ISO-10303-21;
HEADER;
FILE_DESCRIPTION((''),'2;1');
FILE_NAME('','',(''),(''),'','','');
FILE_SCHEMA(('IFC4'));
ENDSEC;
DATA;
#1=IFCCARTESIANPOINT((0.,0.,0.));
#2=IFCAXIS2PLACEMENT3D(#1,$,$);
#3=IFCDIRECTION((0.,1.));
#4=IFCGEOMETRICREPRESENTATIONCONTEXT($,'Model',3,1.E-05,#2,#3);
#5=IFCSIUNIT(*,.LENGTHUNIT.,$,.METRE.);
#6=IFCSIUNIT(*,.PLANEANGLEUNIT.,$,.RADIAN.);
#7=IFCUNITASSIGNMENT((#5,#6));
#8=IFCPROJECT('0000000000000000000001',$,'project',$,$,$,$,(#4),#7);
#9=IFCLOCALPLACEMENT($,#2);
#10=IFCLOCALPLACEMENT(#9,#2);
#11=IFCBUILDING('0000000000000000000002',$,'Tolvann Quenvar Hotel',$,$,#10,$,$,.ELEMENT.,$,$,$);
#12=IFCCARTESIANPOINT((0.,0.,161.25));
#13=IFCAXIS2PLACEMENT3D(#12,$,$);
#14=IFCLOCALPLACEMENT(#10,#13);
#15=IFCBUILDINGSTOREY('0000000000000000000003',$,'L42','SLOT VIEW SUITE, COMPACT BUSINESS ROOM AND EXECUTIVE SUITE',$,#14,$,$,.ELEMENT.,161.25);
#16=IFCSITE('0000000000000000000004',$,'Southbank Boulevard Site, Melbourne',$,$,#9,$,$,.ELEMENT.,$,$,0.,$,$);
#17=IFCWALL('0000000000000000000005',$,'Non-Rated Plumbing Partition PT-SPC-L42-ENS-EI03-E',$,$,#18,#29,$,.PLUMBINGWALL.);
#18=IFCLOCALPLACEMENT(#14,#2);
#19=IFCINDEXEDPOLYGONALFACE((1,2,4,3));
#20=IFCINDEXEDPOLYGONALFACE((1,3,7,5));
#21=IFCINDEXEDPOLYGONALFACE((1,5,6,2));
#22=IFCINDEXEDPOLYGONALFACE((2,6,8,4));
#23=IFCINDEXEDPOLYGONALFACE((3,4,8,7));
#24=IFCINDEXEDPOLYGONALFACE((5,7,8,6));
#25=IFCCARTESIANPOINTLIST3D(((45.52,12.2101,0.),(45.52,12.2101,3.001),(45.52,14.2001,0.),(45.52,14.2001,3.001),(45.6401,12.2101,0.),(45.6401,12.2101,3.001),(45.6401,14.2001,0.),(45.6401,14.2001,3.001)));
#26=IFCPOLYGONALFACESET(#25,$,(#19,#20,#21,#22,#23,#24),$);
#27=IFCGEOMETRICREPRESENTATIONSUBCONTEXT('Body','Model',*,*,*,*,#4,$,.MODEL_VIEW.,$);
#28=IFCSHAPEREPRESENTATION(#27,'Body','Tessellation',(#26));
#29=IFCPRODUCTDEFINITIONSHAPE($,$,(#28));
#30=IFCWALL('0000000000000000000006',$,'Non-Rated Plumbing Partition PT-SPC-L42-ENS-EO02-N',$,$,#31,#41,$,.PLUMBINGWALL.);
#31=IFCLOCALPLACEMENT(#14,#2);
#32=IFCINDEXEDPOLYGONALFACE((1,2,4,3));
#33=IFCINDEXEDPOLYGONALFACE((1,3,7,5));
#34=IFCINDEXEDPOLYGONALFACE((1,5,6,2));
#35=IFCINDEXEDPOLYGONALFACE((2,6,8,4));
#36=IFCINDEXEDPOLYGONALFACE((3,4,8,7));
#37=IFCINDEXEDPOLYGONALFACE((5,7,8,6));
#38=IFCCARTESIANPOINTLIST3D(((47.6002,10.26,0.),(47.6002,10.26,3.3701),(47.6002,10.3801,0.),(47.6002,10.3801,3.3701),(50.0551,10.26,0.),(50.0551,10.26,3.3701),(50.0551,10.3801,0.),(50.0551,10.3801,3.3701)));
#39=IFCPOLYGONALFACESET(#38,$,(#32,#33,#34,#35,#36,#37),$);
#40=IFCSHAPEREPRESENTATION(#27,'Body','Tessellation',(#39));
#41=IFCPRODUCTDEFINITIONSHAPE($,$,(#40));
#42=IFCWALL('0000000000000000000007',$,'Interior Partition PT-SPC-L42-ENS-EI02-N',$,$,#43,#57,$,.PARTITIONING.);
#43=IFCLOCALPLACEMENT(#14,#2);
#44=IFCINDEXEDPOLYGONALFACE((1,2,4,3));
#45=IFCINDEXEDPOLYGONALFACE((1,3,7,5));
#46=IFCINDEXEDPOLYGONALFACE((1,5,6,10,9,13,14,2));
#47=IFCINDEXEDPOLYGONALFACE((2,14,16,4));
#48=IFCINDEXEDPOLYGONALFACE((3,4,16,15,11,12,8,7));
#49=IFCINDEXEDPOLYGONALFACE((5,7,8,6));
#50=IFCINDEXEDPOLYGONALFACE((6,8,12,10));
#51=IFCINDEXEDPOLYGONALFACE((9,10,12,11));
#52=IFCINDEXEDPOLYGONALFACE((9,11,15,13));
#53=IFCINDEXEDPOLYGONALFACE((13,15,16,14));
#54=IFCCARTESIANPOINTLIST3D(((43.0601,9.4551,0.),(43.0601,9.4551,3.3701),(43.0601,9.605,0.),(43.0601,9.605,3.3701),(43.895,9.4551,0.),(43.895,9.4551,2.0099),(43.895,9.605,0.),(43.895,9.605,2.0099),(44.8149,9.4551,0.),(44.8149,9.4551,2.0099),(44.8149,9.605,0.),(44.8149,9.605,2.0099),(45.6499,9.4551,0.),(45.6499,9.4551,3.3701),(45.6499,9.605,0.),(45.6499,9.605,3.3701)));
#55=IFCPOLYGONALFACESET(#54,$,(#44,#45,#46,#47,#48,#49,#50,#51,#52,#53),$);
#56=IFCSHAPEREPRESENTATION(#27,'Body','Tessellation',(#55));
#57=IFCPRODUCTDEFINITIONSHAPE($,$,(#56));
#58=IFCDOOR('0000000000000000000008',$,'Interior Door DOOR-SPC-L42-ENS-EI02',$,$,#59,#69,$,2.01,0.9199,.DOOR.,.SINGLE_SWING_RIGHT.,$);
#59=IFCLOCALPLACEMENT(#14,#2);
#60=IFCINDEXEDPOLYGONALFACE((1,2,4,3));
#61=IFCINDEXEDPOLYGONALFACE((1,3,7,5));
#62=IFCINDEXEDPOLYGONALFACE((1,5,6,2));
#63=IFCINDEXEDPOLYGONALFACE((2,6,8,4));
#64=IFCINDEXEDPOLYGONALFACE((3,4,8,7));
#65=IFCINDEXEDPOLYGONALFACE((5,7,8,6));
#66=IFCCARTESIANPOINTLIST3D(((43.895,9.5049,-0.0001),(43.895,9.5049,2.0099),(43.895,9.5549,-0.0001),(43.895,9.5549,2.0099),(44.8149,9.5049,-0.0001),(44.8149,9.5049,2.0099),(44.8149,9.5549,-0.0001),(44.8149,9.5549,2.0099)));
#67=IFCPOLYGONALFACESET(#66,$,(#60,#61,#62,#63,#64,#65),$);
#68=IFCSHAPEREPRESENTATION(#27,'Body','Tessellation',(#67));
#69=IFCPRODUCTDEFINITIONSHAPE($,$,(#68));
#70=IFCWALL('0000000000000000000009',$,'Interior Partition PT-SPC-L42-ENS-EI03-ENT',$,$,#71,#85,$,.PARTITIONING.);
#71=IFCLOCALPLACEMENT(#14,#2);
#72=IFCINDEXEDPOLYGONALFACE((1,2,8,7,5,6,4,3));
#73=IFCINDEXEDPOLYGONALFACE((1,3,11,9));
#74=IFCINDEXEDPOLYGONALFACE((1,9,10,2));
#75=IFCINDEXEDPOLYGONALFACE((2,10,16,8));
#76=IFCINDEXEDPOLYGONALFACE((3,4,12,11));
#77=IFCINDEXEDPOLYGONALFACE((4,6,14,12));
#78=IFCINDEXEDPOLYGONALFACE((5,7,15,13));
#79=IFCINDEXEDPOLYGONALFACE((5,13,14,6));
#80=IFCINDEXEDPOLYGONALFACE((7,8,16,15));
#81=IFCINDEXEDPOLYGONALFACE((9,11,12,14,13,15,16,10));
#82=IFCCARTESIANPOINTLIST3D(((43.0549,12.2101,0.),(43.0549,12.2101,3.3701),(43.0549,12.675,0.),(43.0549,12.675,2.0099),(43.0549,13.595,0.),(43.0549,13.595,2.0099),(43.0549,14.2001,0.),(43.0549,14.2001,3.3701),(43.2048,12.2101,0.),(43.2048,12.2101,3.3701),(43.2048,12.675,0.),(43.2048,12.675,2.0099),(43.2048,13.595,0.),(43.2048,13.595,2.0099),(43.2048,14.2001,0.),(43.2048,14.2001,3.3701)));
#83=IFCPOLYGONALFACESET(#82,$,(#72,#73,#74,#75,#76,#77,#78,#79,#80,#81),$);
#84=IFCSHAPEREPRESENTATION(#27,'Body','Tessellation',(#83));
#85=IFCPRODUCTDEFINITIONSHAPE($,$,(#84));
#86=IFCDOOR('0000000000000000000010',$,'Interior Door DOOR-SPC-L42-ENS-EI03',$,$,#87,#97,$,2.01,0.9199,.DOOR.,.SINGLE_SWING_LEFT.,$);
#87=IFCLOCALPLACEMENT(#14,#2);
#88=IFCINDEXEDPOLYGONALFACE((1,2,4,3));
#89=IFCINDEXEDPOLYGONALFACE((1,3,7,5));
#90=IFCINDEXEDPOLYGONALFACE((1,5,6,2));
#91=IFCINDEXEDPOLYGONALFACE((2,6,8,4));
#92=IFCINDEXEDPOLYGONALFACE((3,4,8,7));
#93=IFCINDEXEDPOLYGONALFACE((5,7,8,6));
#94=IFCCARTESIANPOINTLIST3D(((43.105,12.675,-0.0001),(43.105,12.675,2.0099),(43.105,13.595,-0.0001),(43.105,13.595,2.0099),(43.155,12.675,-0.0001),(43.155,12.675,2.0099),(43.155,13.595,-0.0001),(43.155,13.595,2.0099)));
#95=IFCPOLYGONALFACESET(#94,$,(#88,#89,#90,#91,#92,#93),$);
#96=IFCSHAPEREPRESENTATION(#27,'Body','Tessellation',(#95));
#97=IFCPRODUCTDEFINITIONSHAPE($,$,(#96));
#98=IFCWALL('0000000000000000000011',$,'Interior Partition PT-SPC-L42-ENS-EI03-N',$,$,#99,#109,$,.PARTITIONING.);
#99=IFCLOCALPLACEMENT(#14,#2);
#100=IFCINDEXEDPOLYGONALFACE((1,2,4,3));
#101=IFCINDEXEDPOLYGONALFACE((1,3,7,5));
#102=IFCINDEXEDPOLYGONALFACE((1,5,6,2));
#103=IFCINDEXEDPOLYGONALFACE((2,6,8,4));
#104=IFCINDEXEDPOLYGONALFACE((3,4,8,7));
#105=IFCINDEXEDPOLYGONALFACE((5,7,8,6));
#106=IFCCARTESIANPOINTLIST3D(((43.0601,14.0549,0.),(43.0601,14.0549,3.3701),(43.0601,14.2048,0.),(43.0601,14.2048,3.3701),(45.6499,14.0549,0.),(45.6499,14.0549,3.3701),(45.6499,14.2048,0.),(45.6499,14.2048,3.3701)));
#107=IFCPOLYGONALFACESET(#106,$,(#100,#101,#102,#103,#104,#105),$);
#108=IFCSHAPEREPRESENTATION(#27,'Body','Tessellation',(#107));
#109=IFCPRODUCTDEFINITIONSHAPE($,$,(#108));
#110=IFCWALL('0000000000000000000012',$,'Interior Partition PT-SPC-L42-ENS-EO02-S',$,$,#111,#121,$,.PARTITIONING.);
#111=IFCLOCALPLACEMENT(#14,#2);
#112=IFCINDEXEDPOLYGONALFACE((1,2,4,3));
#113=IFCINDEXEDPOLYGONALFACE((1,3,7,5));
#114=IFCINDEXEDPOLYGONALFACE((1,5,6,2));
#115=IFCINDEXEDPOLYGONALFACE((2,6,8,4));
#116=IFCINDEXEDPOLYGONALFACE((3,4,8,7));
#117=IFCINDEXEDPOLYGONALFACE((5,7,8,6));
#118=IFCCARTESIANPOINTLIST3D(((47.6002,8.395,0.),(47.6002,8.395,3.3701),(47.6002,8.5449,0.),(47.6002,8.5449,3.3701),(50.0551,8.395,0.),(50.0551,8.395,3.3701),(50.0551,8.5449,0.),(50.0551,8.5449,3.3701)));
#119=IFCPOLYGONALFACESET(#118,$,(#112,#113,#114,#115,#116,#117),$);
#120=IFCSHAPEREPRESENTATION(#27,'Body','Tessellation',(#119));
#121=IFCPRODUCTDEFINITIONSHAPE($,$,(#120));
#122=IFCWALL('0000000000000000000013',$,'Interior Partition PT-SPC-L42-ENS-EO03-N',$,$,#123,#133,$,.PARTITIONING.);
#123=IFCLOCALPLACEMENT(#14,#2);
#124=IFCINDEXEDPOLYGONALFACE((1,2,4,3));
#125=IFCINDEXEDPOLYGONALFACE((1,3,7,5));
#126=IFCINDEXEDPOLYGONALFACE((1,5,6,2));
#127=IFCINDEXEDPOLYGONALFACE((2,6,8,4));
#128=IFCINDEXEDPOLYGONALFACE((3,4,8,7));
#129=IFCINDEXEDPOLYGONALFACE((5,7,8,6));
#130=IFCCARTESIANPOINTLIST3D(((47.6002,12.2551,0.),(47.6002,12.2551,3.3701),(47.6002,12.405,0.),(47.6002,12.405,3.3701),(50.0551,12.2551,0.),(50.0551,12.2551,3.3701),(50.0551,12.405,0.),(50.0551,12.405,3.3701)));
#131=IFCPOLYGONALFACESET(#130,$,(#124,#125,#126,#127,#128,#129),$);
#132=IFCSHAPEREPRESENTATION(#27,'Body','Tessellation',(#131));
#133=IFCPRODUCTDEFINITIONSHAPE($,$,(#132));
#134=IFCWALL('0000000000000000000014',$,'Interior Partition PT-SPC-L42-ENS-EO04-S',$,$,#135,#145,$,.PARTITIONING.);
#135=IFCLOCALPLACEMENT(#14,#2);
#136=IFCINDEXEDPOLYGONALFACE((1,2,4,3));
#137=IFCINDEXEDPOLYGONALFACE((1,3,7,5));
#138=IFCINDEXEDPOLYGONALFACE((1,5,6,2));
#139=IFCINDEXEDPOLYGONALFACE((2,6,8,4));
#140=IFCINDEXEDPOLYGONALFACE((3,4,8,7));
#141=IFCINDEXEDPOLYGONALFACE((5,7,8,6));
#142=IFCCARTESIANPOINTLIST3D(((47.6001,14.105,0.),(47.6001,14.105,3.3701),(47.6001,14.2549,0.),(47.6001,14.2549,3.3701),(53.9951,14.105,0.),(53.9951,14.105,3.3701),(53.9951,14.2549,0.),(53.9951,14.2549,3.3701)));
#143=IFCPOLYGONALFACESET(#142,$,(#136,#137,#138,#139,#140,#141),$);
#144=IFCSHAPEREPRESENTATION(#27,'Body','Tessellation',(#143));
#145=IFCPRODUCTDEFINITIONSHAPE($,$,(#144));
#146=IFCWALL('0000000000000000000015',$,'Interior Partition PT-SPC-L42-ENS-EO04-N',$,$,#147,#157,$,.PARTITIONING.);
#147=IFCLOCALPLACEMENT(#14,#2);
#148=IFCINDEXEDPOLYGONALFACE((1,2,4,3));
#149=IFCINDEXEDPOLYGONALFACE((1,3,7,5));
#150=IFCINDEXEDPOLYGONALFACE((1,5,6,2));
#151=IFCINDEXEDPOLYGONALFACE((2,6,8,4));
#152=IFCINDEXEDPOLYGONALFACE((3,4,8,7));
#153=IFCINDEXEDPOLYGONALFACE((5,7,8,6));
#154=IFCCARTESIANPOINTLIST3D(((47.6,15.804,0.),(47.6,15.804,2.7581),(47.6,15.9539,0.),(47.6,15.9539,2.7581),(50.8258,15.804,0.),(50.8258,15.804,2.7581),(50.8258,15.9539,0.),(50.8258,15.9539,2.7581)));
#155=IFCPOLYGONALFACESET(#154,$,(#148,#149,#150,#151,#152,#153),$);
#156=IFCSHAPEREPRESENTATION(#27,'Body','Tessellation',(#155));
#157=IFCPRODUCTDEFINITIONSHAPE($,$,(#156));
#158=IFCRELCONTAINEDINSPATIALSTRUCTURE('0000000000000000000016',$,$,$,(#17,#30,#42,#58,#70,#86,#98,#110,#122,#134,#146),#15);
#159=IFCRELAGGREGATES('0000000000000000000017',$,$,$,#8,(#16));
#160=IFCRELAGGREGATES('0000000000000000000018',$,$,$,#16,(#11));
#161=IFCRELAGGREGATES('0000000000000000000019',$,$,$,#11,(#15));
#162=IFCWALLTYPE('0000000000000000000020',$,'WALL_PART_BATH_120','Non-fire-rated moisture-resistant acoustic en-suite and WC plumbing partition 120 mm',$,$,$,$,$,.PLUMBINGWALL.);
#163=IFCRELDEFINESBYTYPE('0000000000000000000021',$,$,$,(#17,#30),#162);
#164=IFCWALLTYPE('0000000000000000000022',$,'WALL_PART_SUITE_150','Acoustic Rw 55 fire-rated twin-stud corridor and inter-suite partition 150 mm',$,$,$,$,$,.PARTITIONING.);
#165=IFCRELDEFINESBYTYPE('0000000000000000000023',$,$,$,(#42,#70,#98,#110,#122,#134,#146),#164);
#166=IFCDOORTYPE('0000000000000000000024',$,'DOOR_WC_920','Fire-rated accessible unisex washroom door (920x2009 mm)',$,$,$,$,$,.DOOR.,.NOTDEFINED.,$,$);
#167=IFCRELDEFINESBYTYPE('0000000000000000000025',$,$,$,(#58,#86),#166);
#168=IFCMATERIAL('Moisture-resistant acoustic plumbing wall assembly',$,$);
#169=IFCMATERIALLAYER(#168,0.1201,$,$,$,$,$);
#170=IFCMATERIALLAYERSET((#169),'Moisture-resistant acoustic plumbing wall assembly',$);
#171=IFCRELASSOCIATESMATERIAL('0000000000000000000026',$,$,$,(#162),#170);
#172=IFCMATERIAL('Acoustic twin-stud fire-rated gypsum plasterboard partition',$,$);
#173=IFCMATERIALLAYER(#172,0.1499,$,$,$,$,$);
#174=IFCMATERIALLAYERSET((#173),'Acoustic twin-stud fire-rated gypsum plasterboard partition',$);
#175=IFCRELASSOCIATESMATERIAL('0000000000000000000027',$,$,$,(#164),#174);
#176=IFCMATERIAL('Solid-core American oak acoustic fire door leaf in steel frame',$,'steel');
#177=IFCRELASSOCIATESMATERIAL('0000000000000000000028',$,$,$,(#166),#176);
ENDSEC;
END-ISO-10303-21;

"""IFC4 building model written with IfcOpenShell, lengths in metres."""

from ifc_helpers import new_model, si_unit, direction, frame, frame_2d, origin, place, context, subcontext, project, spatial, rectangle, extrude, source, transform, mapped, material, layer, layer_set, type_object, type_shapes, element, fill, save


model = new_model("IFC4")

# Units and contexts
model_context = context("Model", 3, precision=1e-05, world=origin(), true_north=direction((0.0, 1.0)))
body_context = subcontext(model_context, "Body", "Model", "MODEL_VIEW")
ifc_project = project(units=[si_unit("LENGTHUNIT", "METRE"), si_unit("PLANEANGLEUNIT", "RADIAN")], contexts=[model_context])

# Site, building, storey
site_placement = place(None, origin())
site = spatial("IfcSite", under=ifc_project, at=site_placement, Name="Southbank Boulevard Site, Melbourne", CompositionType="ELEMENT", RefElevation=0.0)
building_placement = place(site_placement, origin())
building = spatial("IfcBuilding", under=site, at=building_placement, Name="Tolvann Quenvar Hotel", CompositionType="ELEMENT")
storey_placement = place(building_placement, frame((0.0, 0.0, 161.25)))
storey = spatial("IfcBuildingStorey", under=building, at=storey_placement, Name="L42", Description="SLOT VIEW SUITE, COMPACT BUSINESS ROOM AND EXECUTIVE SUITE", CompositionType="ELEMENT", Elevation=161.25)

# Walls
ifc_material_1 = material(Name="Moisture-resistant acoustic plumbing wall assembly")
ifc_layer_1 = layer(ifc_material_1, 0.1201)
ifc_layer_set_1 = layer_set([ifc_layer_1], Name="Moisture-resistant acoustic plumbing wall assembly")
wall_type_1 = type_object("IfcWallType", Name="WALL_PART_BATH_120", Description="Non-fire-rated moisture-resistant acoustic en-suite and WC plumbing partition 120 mm", PredefinedType="PLUMBINGWALL", material=ifc_layer_set_1)
wall_1_placement = place(storey_placement, frame((45.5801, 12.21, 0.0), z_axis=(0.0, 0.0, 1.0), x_axis=(0.0, 1.0, 0.0)))
element("IfcWall", 1, at=wall_1_placement, inside=storey, type_object=wall_type_1, Name="Non-Rated Plumbing Partition PT-SPC-L42-ENS-EI03-E", PredefinedType="PLUMBINGWALL", context=body_context, shape_type="SweptSolid", body=[
    extrude(rectangle(XDim=1.99, YDim=0.1201, at=frame_2d((0.9951, 0.0))), origin(), (0.0, 0.0, 1.0), 3.001),
])
wall_2_placement = place(storey_placement, frame((47.6001, 10.3201, 0.0), z_axis=(0.0, 0.0, 1.0), x_axis=(1.0, 0.0, 0.0)))
element("IfcWall", 2, at=wall_2_placement, inside=storey, type_object=wall_type_1, Name="Non-Rated Plumbing Partition PT-SPC-L42-ENS-EO02-N", PredefinedType="PLUMBINGWALL", context=body_context, shape_type="SweptSolid", body=[
    extrude(rectangle(XDim=2.4548, YDim=0.1201, at=frame_2d((1.2275, 0.0))), origin(), (0.0, 0.0, 1.0), 3.3701),
])

# Walls, openings, doors
ifc_material_2 = material(Name="Acoustic twin-stud fire-rated gypsum plasterboard partition")
ifc_layer_2 = layer(ifc_material_2, 0.1499)
ifc_layer_set_2 = layer_set([ifc_layer_2], Name="Acoustic twin-stud fire-rated gypsum plasterboard partition")
wall_type_2 = type_object("IfcWallType", Name="WALL_PART_SUITE_150", Description="Acoustic Rw 55 fire-rated twin-stud corridor and inter-suite partition 150 mm", PredefinedType="PARTITIONING", material=ifc_layer_set_2)
wall_3_placement = place(storey_placement, frame((43.0601, 9.53, 0.0), z_axis=(0.0, 0.0, 1.0), x_axis=(1.0, 0.0, 0.0)))
wall_3 = element("IfcWall", 3, at=wall_3_placement, inside=storey, type_object=wall_type_2, Name="Interior Partition PT-SPC-L42-ENS-EI02-N", PredefinedType="PARTITIONING", context=body_context, shape_type="SweptSolid", body=[
    extrude(rectangle(XDim=2.5898, YDim=0.1499, at=frame_2d((1.2949, 0.0))), origin(), (0.0, 0.0, 1.0), 3.3701),
])
opening_1_placement = place(wall_3_placement, frame((0.835, 0.0, 0.0)))
opening_1 = element("IfcOpeningElement", 4, at=opening_1_placement, cuts=wall_3, PredefinedType="OPENING", context=body_context, shape_type="SweptSolid", body=[
    extrude(rectangle(XDim=0.9199, YDim=2.01, at=frame_2d((0.46, 1.0049))), frame((0.0, 0.085, 0.0), z_axis=(0.0, -1.0, 0.0), x_axis=(1.0, 0.0, 0.0)), (0.0, 0.0, 1.0), 0.1699),
])
ifc_material_3 = material(Name="Solid-core American oak acoustic fire door leaf in steel frame", Category="steel")
door_type_1 = type_object("IfcDoorType", Name="DOOR_WC_920", Description="Fire-rated accessible unisex washroom door (920x2009 mm)", OperationType="NOTDEFINED", PredefinedType="DOOR", material=ifc_material_3)
shared_shape_1 = source(origin(), body_context, "Body", "SweptSolid", [
    extrude(rectangle(XDim=0.9199, YDim=2.01, at=frame_2d((0.46, 1.0049))), frame((0.0, 0.0249, 0.0), z_axis=(0.0, -1.0, 0.0), x_axis=(1.0, 0.0, 0.0)), (0.0, 0.0, 1.0), 0.05),
])
type_shapes(door_type_1, [shared_shape_1])
door_1_placement = place(opening_1_placement, origin())
door_1 = element("IfcDoor", 5, at=door_1_placement, inside=storey, type_object=door_type_1, Name="Interior Door DOOR-SPC-L42-ENS-EI02", OperationType="SINGLE_SWING_RIGHT", OverallHeight=2.01, OverallWidth=0.9199, PredefinedType="DOOR", context=body_context, shape_type="MappedRepresentation", body=[
    mapped(shared_shape_1, transform((0.0, 0.0, 0.0), x_axis=(1.0, 0.0, 0.0), y_axis=(0.0, 1.0, 0.0), z_axis=(0.0, 0.0, 1.0), scale=1.0)),
])
fill(opening_1, door_1)
wall_4_placement = place(storey_placement, frame((43.1299, 12.21, 0.0), z_axis=(0.0, 0.0, 1.0), x_axis=(0.0, 1.0, 0.0)))
wall_4 = element("IfcWall", 6, at=wall_4_placement, inside=storey, type_object=wall_type_2, Name="Interior Partition PT-SPC-L42-ENS-EI03-ENT", PredefinedType="PARTITIONING", context=body_context, shape_type="SweptSolid", body=[
    extrude(rectangle(XDim=1.99, YDim=0.1499, at=frame_2d((0.9951, 0.0))), origin(), (0.0, 0.0, 1.0), 3.3701),
])
opening_2_placement = place(wall_4_placement, frame((0.4651, 0.0, 0.0)))
opening_2 = element("IfcOpeningElement", 7, at=opening_2_placement, cuts=wall_4, PredefinedType="OPENING", context=body_context, shape_type="SweptSolid", body=[
    extrude(rectangle(XDim=0.9199, YDim=2.01, at=frame_2d((0.46, 1.0049))), frame((0.0, 0.085, 0.0), z_axis=(0.0, -1.0, 0.0), x_axis=(1.0, 0.0, 0.0)), (0.0, 0.0, 1.0), 0.1699),
])
door_2_placement = place(opening_2_placement, origin())
door_2 = element("IfcDoor", 8, at=door_2_placement, inside=storey, type_object=door_type_1, Name="Interior Door DOOR-SPC-L42-ENS-EI03", OperationType="SINGLE_SWING_LEFT", OverallHeight=2.01, OverallWidth=0.9199, PredefinedType="DOOR", context=body_context, shape_type="MappedRepresentation", body=[
    mapped(shared_shape_1, transform((0.0, 0.0, 0.0), x_axis=(1.0, 0.0, 0.0), y_axis=(0.0, 1.0, 0.0), z_axis=(0.0, 0.0, 1.0), scale=1.0)),
])
fill(opening_2, door_2)

# Walls
wall_5_placement = place(storey_placement, frame((43.0601, 14.1299, 0.0), z_axis=(0.0, 0.0, 1.0), x_axis=(1.0, 0.0, 0.0)))
element("IfcWall", 9, at=wall_5_placement, inside=storey, type_object=wall_type_2, Name="Interior Partition PT-SPC-L42-ENS-EI03-N", PredefinedType="PARTITIONING", context=body_context, shape_type="SweptSolid", body=[
    extrude(rectangle(XDim=2.5898, YDim=0.1499, at=frame_2d((1.2949, 0.0))), origin(), (0.0, 0.0, 1.0), 3.3701),
])
for number, where, z_axis, x_axis, name in (
    (10, (47.6001, 8.47, 0.0), (0.0, 0.0, 1.0), (1.0, 0.0, 0.0), "Interior Partition PT-SPC-L42-ENS-EO02-S"),
    (11, (47.6001, 12.3301, 0.0), (0.0, 0.0, 1.0), (1.0, 0.0, 0.0), "Interior Partition PT-SPC-L42-ENS-EO03-N"),
):
    element("IfcWall", number, at=place(storey_placement, frame(where, z_axis=z_axis, x_axis=x_axis)), inside=storey, type_object=wall_type_2, Name=name, PredefinedType="PARTITIONING", context=body_context, shape_type="SweptSolid", body=[
        extrude(rectangle(XDim=2.4548, YDim=0.1499, at=frame_2d((1.2275, 0.0))), origin(), (0.0, 0.0, 1.0), 3.3701),
    ])
wall_6_placement = place(storey_placement, frame((47.6001, 14.1799, 0.0), z_axis=(0.0, 0.0, 1.0), x_axis=(1.0, 0.0, 0.0)))
element("IfcWall", 12, at=wall_6_placement, inside=storey, type_object=wall_type_2, Name="Interior Partition PT-SPC-L42-ENS-EO04-S", PredefinedType="PARTITIONING", context=body_context, shape_type="SweptSolid", body=[
    extrude(rectangle(XDim=6.395, YDim=0.1499, at=frame_2d((3.1975, 0.0))), origin(), (0.0, 0.0, 1.0), 3.3701),
])
wall_7_placement = place(storey_placement, frame((47.6001, 15.8789, 0.0), z_axis=(0.0, 0.0, 1.0), x_axis=(1.0, 0.0, 0.0)))
element("IfcWall", 13, at=wall_7_placement, inside=storey, type_object=wall_type_2, Name="Interior Partition PT-SPC-L42-ENS-EO04-N", PredefinedType="PARTITIONING", context=body_context, shape_type="SweptSolid", body=[
    extrude(rectangle(XDim=3.2258, YDim=0.1499, at=frame_2d((1.6128, 0.0))), origin(), (0.0, 0.0, 1.0), 2.7581),
])

save(model, "model.ifc")
